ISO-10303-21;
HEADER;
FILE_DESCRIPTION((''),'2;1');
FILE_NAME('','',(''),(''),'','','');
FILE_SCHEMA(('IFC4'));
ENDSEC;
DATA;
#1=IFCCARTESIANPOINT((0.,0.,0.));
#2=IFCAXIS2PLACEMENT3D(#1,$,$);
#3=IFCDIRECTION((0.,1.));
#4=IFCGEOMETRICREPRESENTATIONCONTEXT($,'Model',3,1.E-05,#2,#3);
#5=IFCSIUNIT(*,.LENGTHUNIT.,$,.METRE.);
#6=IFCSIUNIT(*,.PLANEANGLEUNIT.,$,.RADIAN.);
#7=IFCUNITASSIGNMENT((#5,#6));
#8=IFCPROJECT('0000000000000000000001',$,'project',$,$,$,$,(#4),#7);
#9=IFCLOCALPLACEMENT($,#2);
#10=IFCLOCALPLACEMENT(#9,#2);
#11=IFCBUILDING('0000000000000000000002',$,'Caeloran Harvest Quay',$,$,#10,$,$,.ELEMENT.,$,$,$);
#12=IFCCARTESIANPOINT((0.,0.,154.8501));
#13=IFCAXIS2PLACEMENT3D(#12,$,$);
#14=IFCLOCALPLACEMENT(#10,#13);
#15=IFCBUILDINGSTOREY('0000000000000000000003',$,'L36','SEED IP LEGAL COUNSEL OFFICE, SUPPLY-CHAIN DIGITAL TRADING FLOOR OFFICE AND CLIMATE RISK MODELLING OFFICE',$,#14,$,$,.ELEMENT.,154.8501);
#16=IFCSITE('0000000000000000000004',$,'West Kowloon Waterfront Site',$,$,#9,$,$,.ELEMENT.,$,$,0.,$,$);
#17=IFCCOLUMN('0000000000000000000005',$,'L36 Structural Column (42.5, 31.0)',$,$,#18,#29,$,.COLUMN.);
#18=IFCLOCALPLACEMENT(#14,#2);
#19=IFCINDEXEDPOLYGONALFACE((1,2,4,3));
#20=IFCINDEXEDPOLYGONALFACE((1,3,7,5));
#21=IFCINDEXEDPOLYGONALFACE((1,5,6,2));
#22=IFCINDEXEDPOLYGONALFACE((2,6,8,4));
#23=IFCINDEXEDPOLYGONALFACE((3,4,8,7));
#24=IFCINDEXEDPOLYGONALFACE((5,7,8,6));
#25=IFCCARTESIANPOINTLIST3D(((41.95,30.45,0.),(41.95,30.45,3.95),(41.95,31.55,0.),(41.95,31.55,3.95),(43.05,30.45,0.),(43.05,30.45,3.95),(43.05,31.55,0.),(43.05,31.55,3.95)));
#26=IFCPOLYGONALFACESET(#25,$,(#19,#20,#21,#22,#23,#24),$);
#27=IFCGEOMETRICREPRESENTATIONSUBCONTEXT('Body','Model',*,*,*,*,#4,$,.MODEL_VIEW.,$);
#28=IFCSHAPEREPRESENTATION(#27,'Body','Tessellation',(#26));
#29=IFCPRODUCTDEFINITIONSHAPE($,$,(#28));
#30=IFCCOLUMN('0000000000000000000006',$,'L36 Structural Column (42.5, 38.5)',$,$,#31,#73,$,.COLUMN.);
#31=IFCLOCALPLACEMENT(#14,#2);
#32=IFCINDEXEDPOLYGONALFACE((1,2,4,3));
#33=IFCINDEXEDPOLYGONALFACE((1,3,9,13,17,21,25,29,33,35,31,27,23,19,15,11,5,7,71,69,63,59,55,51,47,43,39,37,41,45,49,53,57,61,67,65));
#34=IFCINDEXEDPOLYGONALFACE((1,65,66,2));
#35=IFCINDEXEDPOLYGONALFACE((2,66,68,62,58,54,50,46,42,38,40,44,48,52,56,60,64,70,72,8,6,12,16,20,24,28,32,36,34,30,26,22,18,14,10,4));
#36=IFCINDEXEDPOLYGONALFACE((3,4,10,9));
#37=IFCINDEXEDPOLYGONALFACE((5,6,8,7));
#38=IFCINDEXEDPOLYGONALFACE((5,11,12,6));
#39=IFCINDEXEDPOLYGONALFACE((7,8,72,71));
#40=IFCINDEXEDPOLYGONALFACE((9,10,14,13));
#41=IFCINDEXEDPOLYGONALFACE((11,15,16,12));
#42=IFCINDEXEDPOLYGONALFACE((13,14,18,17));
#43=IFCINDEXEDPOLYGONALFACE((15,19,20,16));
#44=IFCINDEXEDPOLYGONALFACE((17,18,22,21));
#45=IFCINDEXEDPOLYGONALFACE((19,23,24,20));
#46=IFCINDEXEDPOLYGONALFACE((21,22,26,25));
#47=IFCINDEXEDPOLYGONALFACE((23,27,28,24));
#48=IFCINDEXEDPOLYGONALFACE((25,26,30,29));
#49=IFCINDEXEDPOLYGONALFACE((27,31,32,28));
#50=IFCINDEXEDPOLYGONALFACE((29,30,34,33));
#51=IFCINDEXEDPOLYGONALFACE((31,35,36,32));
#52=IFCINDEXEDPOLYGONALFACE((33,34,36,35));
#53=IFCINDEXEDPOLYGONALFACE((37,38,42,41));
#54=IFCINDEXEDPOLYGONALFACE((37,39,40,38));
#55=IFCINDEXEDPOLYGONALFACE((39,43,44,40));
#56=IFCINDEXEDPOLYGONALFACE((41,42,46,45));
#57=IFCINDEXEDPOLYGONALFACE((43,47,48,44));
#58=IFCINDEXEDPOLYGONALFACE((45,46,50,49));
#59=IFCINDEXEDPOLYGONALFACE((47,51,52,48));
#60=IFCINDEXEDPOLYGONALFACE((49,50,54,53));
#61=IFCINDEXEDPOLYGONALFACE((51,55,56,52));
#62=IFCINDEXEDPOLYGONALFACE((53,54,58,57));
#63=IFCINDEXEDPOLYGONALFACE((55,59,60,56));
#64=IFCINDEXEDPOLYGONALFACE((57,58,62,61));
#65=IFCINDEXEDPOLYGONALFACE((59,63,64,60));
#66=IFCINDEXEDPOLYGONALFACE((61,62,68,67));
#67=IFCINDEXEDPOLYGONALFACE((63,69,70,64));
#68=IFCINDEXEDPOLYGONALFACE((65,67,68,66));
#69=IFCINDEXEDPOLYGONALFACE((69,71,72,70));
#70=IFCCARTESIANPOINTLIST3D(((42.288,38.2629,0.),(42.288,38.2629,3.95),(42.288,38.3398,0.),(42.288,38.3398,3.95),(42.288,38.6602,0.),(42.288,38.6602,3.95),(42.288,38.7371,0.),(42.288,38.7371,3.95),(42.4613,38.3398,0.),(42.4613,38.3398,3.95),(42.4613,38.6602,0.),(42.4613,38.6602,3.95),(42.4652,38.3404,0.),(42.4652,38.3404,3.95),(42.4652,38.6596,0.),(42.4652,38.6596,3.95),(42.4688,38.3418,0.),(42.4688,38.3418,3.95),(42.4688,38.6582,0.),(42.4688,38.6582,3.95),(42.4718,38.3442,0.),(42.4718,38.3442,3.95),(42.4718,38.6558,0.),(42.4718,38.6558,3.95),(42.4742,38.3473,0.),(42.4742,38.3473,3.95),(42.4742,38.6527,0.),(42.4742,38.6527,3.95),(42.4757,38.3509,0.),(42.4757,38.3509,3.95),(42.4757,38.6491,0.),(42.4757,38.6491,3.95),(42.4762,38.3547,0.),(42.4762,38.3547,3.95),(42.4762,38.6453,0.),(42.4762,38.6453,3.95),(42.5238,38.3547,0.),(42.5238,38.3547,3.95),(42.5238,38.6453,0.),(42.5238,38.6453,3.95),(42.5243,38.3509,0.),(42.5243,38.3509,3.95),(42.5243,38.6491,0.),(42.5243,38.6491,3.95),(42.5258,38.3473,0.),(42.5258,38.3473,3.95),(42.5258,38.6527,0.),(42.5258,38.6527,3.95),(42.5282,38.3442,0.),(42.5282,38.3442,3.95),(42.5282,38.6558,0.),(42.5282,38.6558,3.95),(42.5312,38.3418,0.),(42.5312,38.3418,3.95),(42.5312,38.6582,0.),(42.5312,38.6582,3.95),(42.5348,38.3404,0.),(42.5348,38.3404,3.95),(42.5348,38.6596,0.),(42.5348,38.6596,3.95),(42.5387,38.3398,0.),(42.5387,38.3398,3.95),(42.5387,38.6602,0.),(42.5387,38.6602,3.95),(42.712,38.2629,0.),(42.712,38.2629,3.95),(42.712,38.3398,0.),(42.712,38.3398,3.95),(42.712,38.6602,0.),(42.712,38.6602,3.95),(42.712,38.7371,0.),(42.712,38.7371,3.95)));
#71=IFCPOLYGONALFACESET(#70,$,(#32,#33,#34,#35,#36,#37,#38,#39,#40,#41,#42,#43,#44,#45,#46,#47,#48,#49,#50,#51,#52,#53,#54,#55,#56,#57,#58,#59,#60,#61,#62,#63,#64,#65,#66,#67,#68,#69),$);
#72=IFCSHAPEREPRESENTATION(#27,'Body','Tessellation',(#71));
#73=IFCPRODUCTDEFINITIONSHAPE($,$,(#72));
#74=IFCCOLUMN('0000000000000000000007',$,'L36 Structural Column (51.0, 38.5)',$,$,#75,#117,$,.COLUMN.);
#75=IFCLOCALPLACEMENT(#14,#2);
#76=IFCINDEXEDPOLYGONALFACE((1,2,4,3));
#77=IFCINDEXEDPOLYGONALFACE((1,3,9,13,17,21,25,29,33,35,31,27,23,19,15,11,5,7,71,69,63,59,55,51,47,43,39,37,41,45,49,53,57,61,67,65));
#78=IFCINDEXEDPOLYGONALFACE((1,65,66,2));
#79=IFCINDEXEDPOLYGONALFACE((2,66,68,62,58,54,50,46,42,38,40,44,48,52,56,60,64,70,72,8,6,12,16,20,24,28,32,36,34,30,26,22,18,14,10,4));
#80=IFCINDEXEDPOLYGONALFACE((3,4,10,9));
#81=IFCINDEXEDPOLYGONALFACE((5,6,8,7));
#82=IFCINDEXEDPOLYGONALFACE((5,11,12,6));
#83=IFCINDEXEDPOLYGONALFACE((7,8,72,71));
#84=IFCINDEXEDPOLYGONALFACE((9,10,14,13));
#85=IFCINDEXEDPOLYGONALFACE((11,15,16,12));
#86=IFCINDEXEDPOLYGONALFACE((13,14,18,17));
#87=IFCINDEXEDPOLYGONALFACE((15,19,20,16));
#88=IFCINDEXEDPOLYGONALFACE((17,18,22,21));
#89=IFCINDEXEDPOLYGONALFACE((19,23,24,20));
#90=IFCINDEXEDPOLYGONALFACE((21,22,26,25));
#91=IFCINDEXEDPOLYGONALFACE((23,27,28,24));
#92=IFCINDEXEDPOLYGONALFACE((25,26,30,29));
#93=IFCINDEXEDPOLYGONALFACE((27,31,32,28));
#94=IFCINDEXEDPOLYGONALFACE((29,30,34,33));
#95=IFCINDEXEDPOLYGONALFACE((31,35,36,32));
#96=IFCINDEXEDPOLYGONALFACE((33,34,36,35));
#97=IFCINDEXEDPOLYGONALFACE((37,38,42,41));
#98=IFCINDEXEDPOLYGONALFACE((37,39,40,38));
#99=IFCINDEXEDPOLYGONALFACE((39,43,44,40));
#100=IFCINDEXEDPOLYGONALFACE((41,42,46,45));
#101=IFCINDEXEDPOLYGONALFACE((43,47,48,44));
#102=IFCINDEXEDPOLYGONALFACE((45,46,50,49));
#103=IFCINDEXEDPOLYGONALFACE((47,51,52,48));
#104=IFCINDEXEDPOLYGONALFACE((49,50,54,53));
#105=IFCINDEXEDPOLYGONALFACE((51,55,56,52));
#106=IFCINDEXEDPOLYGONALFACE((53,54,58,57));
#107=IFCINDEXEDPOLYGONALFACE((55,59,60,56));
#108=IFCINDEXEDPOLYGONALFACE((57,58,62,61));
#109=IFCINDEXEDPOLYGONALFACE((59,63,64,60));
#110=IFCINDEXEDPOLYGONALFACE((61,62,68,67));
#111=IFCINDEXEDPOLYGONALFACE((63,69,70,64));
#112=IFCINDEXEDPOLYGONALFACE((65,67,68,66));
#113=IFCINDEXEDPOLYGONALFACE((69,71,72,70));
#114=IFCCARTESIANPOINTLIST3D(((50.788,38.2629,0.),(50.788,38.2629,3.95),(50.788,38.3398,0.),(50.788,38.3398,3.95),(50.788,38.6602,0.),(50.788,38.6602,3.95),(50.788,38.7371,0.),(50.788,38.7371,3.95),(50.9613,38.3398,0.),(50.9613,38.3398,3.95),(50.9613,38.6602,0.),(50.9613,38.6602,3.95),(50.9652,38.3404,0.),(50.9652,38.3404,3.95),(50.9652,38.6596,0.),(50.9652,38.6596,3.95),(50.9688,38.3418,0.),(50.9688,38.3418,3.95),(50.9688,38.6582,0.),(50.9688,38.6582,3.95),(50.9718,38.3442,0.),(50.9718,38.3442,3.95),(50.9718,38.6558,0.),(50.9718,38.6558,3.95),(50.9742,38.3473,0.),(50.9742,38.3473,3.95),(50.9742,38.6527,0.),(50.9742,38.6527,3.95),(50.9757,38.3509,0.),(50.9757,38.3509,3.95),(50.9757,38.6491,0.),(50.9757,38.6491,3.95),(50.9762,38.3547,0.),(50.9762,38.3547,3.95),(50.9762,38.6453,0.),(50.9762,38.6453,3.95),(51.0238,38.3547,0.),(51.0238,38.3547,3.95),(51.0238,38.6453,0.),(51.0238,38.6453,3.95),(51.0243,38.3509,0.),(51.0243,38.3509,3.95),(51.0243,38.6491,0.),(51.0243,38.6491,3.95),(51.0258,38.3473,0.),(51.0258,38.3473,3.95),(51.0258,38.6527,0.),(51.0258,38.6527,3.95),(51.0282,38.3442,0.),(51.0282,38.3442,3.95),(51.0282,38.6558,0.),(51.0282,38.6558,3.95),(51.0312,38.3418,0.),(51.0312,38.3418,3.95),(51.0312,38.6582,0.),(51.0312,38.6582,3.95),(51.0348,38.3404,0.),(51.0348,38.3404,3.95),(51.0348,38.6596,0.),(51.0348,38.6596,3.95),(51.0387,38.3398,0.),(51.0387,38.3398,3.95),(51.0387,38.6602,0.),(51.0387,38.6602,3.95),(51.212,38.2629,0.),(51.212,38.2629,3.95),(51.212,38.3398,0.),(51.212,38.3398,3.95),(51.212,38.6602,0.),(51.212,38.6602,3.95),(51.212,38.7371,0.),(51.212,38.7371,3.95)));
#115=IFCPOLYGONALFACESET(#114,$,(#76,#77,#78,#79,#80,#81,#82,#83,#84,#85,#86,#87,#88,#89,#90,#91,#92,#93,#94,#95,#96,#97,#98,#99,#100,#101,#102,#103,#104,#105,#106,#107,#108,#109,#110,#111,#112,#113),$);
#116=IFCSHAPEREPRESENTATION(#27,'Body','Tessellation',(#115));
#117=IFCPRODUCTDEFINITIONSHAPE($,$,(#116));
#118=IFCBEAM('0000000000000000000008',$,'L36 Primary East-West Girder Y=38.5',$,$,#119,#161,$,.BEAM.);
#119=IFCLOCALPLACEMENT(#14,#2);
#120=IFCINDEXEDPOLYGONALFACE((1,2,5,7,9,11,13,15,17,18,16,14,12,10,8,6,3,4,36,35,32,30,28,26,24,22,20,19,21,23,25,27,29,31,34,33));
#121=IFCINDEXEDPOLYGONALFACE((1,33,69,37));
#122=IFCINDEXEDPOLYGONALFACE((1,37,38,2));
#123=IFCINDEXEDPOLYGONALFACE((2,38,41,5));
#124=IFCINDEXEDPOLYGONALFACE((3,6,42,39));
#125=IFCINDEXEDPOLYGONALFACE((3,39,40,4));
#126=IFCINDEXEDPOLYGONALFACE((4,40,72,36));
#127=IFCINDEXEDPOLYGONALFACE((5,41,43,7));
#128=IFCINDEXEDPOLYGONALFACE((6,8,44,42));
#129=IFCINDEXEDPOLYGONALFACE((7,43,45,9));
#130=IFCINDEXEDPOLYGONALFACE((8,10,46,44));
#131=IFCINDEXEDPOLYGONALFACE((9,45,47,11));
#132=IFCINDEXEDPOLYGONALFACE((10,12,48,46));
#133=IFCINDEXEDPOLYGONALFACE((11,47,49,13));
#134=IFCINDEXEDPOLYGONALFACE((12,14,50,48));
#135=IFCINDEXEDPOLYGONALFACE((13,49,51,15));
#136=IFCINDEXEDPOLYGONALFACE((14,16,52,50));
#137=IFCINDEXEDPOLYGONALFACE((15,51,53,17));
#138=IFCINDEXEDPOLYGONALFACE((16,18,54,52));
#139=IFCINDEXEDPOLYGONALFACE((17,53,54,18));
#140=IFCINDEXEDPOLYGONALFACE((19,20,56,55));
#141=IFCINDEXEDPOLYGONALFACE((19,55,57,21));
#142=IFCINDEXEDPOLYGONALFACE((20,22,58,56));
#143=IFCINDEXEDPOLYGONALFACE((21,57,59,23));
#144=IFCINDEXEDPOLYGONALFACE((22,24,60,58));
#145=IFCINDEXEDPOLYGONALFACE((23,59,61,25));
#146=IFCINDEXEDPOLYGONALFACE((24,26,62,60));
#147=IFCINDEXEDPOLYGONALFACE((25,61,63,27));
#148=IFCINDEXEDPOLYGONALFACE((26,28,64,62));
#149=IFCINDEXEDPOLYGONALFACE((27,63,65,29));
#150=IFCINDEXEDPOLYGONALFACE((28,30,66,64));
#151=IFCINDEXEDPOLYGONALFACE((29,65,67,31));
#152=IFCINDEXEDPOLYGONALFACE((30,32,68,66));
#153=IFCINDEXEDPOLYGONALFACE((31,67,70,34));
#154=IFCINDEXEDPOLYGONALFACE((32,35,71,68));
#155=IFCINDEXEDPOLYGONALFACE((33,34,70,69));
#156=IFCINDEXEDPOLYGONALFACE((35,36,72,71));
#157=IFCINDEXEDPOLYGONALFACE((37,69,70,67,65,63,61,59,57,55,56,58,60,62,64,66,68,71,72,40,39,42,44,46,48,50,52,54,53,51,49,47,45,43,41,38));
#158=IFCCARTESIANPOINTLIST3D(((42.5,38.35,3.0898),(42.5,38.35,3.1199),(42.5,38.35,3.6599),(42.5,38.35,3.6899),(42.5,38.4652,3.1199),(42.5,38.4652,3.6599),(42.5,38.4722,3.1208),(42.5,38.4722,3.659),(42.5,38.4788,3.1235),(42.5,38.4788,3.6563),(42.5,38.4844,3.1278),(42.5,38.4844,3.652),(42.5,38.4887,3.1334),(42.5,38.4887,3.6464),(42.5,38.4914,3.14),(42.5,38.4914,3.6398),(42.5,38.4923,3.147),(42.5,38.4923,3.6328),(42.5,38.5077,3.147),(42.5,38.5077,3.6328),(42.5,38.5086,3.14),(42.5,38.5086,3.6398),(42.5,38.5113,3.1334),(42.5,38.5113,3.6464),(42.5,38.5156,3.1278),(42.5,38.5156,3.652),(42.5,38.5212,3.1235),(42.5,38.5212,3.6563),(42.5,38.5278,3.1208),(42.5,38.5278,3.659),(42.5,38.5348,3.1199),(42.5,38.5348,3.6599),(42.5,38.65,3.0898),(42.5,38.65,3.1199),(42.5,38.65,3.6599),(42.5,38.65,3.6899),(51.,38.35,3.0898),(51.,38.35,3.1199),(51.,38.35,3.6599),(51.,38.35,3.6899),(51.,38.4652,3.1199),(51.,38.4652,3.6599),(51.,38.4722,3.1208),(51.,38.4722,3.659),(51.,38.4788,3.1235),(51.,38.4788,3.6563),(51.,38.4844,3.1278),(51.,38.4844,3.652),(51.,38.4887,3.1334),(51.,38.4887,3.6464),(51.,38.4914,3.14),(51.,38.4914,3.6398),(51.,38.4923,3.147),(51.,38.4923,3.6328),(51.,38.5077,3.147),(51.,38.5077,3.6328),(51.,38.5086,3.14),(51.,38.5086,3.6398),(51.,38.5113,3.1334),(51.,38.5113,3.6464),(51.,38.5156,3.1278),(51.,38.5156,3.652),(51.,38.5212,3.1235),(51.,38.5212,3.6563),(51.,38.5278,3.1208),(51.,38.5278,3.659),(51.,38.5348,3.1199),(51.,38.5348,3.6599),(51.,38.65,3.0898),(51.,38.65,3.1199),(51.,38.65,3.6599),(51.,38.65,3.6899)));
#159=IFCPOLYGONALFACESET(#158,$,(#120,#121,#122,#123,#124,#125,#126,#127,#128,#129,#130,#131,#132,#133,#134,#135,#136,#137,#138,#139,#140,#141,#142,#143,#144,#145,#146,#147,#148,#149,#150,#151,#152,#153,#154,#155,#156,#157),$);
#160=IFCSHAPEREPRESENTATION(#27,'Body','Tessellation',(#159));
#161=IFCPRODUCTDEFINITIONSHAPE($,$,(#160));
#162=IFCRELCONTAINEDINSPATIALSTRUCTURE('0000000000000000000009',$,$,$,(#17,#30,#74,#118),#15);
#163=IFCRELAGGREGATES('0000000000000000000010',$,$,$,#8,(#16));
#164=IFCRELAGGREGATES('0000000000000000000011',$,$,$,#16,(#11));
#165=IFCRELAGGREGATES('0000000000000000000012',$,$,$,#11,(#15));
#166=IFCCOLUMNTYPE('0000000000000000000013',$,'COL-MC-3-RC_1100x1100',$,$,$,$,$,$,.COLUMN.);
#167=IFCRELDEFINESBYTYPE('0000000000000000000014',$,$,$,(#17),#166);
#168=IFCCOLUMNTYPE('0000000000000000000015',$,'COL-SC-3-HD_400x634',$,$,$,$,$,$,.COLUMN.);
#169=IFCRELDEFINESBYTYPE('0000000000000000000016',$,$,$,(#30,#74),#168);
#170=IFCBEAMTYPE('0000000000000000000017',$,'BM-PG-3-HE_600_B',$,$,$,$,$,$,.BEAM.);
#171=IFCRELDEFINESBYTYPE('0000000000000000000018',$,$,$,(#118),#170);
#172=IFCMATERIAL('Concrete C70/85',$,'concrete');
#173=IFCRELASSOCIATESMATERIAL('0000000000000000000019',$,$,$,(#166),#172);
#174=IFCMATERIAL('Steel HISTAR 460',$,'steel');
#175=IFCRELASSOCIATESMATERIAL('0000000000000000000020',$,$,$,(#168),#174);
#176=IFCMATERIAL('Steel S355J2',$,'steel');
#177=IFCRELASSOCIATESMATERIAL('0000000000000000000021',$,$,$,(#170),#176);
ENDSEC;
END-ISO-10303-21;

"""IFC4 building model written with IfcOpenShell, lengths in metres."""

from ifc_helpers import new_model, si_unit, direction, frame, origin, origin_2d, place, context, subcontext, project, spatial, rectangle, i_section, extrude, material, material_profile, profile_set, type_object, element, save


model = new_model("IFC4")

# Units and contexts
model_context = context("Model", 3, precision=1e-05, world=origin(), true_north=direction((0.0, 1.0)))
body_context = subcontext(model_context, "Body", "Model", "MODEL_VIEW")
ifc_project = project(units=[si_unit("LENGTHUNIT", "METRE"), si_unit("PLANEANGLEUNIT", "RADIAN")], contexts=[model_context])

# Site, building, storey
site_placement = place(None, origin())
site = spatial("IfcSite", under=ifc_project, at=site_placement, Name="West Kowloon Waterfront Site", CompositionType="ELEMENT", RefElevation=0.0)
building_placement = place(site_placement, origin())
building = spatial("IfcBuilding", under=site, at=building_placement, Name="Caeloran Harvest Quay", CompositionType="ELEMENT")
storey_placement = place(building_placement, frame((0.0, 0.0, 154.8501)))
storey = spatial("IfcBuildingStorey", under=building, at=storey_placement, Name="L36", Description="SEED IP LEGAL COUNSEL OFFICE, SUPPLY-CHAIN DIGITAL TRADING FLOOR OFFICE AND CLIMATE RISK MODELLING OFFICE", CompositionType="ELEMENT", Elevation=154.8501)

# Columns
ifc_material_1 = material(Name="Concrete C70/85", Category="concrete")
ifc_material_profile_1 = material_profile(ifc_material_1, rectangle(XDim=1.1001, YDim=1.1001, at=origin_2d()), Name="RC 1100x1100")
ifc_profile_set_1 = profile_set([ifc_material_profile_1], Name="Concrete C70/85")
column_type_1 = type_object("IfcColumnType", Name="COL-MC-3-RC_1100x1100", PredefinedType="COLUMN", material=ifc_profile_set_1)
column_placement = place(storey_placement, frame((42.5, 31.0, 0.0), z_axis=(0.0, 0.0, 1.0), x_axis=(1.0, 0.0, 0.0)))
element("IfcColumn", 1, at=column_placement, inside=storey, type_object=column_type_1, Name="L36 Structural Column (42.5, 31.0)", PredefinedType="COLUMN", context=body_context, shape_type="SweptSolid", body=[
    extrude(rectangle(XDim=1.1001, YDim=1.1001, at=origin_2d()), origin(), (0.0, 0.0, 1.0), 3.95),
])
ifc_material_2 = material(Name="Steel HISTAR 460", Category="steel")
ifc_material_profile_2 = material_profile(ifc_material_2, i_section(OverallWidth=0.4241, OverallDepth=0.4741, WebThickness=0.0476, FlangeThickness=0.0769, FilletRadius=0.0149, at=origin_2d()), Name="HD 400x634")
ifc_profile_set_2 = profile_set([ifc_material_profile_2], Name="Steel HISTAR 460")
column_type_2 = type_object("IfcColumnType", Name="COL-SC-3-HD_400x634", PredefinedType="COLUMN", material=ifc_profile_set_2)
for number, where, z_axis, x_axis, name in (
    (2, (42.5, 38.5, 0.0), (0.0, 0.0, 1.0), (1.0, 0.0, 0.0), "L36 Structural Column (42.5, 38.5)"),
    (3, (51.0, 38.5, 0.0), (0.0, 0.0, 1.0), (1.0, 0.0, 0.0), "L36 Structural Column (51.0, 38.5)"),
):
    element("IfcColumn", number, at=place(storey_placement, frame(where, z_axis=z_axis, x_axis=x_axis)), inside=storey, type_object=column_type_2, Name=name, PredefinedType="COLUMN", context=body_context, shape_type="SweptSolid", body=[
        extrude(i_section(OverallWidth=0.4241, OverallDepth=0.4741, WebThickness=0.0476, FlangeThickness=0.0769, FilletRadius=0.0149, at=origin_2d()), origin(), (0.0, 0.0, 1.0), 3.95),
    ])

# Beam
ifc_material_3 = material(Name="Steel S355J2", Category="steel")
ifc_material_profile_3 = material_profile(ifc_material_3, i_section(OverallWidth=0.3, OverallDepth=0.6001, WebThickness=0.0154, FlangeThickness=0.03, FilletRadius=0.0271, at=origin_2d()), Name="HE 600 B")
ifc_profile_set_3 = profile_set([ifc_material_profile_3], Name="Steel S355J2")
beam_type = type_object("IfcBeamType", Name="BM-PG-3-HE_600_B", PredefinedType="BEAM", material=ifc_profile_set_3)
beam_1_placement = place(storey_placement, frame((42.5, 38.5, 3.3899), z_axis=(1.0, 0.0, 0.0), x_axis=(0.0, 1.0, 0.0)))
element("IfcBeam", 4, at=beam_1_placement, inside=storey, type_object=beam_type, Name="L36 Primary East-West Girder Y=38.5", PredefinedType="BEAM", context=body_context, shape_type="SweptSolid", body=[
    extrude(i_section(OverallWidth=0.3, OverallDepth=0.6001, WebThickness=0.0154, FlangeThickness=0.03, FilletRadius=0.0271, at=origin_2d()), origin(), (0.0, 0.0, 1.0), 8.5),
])

save(model, "model.ifc")
